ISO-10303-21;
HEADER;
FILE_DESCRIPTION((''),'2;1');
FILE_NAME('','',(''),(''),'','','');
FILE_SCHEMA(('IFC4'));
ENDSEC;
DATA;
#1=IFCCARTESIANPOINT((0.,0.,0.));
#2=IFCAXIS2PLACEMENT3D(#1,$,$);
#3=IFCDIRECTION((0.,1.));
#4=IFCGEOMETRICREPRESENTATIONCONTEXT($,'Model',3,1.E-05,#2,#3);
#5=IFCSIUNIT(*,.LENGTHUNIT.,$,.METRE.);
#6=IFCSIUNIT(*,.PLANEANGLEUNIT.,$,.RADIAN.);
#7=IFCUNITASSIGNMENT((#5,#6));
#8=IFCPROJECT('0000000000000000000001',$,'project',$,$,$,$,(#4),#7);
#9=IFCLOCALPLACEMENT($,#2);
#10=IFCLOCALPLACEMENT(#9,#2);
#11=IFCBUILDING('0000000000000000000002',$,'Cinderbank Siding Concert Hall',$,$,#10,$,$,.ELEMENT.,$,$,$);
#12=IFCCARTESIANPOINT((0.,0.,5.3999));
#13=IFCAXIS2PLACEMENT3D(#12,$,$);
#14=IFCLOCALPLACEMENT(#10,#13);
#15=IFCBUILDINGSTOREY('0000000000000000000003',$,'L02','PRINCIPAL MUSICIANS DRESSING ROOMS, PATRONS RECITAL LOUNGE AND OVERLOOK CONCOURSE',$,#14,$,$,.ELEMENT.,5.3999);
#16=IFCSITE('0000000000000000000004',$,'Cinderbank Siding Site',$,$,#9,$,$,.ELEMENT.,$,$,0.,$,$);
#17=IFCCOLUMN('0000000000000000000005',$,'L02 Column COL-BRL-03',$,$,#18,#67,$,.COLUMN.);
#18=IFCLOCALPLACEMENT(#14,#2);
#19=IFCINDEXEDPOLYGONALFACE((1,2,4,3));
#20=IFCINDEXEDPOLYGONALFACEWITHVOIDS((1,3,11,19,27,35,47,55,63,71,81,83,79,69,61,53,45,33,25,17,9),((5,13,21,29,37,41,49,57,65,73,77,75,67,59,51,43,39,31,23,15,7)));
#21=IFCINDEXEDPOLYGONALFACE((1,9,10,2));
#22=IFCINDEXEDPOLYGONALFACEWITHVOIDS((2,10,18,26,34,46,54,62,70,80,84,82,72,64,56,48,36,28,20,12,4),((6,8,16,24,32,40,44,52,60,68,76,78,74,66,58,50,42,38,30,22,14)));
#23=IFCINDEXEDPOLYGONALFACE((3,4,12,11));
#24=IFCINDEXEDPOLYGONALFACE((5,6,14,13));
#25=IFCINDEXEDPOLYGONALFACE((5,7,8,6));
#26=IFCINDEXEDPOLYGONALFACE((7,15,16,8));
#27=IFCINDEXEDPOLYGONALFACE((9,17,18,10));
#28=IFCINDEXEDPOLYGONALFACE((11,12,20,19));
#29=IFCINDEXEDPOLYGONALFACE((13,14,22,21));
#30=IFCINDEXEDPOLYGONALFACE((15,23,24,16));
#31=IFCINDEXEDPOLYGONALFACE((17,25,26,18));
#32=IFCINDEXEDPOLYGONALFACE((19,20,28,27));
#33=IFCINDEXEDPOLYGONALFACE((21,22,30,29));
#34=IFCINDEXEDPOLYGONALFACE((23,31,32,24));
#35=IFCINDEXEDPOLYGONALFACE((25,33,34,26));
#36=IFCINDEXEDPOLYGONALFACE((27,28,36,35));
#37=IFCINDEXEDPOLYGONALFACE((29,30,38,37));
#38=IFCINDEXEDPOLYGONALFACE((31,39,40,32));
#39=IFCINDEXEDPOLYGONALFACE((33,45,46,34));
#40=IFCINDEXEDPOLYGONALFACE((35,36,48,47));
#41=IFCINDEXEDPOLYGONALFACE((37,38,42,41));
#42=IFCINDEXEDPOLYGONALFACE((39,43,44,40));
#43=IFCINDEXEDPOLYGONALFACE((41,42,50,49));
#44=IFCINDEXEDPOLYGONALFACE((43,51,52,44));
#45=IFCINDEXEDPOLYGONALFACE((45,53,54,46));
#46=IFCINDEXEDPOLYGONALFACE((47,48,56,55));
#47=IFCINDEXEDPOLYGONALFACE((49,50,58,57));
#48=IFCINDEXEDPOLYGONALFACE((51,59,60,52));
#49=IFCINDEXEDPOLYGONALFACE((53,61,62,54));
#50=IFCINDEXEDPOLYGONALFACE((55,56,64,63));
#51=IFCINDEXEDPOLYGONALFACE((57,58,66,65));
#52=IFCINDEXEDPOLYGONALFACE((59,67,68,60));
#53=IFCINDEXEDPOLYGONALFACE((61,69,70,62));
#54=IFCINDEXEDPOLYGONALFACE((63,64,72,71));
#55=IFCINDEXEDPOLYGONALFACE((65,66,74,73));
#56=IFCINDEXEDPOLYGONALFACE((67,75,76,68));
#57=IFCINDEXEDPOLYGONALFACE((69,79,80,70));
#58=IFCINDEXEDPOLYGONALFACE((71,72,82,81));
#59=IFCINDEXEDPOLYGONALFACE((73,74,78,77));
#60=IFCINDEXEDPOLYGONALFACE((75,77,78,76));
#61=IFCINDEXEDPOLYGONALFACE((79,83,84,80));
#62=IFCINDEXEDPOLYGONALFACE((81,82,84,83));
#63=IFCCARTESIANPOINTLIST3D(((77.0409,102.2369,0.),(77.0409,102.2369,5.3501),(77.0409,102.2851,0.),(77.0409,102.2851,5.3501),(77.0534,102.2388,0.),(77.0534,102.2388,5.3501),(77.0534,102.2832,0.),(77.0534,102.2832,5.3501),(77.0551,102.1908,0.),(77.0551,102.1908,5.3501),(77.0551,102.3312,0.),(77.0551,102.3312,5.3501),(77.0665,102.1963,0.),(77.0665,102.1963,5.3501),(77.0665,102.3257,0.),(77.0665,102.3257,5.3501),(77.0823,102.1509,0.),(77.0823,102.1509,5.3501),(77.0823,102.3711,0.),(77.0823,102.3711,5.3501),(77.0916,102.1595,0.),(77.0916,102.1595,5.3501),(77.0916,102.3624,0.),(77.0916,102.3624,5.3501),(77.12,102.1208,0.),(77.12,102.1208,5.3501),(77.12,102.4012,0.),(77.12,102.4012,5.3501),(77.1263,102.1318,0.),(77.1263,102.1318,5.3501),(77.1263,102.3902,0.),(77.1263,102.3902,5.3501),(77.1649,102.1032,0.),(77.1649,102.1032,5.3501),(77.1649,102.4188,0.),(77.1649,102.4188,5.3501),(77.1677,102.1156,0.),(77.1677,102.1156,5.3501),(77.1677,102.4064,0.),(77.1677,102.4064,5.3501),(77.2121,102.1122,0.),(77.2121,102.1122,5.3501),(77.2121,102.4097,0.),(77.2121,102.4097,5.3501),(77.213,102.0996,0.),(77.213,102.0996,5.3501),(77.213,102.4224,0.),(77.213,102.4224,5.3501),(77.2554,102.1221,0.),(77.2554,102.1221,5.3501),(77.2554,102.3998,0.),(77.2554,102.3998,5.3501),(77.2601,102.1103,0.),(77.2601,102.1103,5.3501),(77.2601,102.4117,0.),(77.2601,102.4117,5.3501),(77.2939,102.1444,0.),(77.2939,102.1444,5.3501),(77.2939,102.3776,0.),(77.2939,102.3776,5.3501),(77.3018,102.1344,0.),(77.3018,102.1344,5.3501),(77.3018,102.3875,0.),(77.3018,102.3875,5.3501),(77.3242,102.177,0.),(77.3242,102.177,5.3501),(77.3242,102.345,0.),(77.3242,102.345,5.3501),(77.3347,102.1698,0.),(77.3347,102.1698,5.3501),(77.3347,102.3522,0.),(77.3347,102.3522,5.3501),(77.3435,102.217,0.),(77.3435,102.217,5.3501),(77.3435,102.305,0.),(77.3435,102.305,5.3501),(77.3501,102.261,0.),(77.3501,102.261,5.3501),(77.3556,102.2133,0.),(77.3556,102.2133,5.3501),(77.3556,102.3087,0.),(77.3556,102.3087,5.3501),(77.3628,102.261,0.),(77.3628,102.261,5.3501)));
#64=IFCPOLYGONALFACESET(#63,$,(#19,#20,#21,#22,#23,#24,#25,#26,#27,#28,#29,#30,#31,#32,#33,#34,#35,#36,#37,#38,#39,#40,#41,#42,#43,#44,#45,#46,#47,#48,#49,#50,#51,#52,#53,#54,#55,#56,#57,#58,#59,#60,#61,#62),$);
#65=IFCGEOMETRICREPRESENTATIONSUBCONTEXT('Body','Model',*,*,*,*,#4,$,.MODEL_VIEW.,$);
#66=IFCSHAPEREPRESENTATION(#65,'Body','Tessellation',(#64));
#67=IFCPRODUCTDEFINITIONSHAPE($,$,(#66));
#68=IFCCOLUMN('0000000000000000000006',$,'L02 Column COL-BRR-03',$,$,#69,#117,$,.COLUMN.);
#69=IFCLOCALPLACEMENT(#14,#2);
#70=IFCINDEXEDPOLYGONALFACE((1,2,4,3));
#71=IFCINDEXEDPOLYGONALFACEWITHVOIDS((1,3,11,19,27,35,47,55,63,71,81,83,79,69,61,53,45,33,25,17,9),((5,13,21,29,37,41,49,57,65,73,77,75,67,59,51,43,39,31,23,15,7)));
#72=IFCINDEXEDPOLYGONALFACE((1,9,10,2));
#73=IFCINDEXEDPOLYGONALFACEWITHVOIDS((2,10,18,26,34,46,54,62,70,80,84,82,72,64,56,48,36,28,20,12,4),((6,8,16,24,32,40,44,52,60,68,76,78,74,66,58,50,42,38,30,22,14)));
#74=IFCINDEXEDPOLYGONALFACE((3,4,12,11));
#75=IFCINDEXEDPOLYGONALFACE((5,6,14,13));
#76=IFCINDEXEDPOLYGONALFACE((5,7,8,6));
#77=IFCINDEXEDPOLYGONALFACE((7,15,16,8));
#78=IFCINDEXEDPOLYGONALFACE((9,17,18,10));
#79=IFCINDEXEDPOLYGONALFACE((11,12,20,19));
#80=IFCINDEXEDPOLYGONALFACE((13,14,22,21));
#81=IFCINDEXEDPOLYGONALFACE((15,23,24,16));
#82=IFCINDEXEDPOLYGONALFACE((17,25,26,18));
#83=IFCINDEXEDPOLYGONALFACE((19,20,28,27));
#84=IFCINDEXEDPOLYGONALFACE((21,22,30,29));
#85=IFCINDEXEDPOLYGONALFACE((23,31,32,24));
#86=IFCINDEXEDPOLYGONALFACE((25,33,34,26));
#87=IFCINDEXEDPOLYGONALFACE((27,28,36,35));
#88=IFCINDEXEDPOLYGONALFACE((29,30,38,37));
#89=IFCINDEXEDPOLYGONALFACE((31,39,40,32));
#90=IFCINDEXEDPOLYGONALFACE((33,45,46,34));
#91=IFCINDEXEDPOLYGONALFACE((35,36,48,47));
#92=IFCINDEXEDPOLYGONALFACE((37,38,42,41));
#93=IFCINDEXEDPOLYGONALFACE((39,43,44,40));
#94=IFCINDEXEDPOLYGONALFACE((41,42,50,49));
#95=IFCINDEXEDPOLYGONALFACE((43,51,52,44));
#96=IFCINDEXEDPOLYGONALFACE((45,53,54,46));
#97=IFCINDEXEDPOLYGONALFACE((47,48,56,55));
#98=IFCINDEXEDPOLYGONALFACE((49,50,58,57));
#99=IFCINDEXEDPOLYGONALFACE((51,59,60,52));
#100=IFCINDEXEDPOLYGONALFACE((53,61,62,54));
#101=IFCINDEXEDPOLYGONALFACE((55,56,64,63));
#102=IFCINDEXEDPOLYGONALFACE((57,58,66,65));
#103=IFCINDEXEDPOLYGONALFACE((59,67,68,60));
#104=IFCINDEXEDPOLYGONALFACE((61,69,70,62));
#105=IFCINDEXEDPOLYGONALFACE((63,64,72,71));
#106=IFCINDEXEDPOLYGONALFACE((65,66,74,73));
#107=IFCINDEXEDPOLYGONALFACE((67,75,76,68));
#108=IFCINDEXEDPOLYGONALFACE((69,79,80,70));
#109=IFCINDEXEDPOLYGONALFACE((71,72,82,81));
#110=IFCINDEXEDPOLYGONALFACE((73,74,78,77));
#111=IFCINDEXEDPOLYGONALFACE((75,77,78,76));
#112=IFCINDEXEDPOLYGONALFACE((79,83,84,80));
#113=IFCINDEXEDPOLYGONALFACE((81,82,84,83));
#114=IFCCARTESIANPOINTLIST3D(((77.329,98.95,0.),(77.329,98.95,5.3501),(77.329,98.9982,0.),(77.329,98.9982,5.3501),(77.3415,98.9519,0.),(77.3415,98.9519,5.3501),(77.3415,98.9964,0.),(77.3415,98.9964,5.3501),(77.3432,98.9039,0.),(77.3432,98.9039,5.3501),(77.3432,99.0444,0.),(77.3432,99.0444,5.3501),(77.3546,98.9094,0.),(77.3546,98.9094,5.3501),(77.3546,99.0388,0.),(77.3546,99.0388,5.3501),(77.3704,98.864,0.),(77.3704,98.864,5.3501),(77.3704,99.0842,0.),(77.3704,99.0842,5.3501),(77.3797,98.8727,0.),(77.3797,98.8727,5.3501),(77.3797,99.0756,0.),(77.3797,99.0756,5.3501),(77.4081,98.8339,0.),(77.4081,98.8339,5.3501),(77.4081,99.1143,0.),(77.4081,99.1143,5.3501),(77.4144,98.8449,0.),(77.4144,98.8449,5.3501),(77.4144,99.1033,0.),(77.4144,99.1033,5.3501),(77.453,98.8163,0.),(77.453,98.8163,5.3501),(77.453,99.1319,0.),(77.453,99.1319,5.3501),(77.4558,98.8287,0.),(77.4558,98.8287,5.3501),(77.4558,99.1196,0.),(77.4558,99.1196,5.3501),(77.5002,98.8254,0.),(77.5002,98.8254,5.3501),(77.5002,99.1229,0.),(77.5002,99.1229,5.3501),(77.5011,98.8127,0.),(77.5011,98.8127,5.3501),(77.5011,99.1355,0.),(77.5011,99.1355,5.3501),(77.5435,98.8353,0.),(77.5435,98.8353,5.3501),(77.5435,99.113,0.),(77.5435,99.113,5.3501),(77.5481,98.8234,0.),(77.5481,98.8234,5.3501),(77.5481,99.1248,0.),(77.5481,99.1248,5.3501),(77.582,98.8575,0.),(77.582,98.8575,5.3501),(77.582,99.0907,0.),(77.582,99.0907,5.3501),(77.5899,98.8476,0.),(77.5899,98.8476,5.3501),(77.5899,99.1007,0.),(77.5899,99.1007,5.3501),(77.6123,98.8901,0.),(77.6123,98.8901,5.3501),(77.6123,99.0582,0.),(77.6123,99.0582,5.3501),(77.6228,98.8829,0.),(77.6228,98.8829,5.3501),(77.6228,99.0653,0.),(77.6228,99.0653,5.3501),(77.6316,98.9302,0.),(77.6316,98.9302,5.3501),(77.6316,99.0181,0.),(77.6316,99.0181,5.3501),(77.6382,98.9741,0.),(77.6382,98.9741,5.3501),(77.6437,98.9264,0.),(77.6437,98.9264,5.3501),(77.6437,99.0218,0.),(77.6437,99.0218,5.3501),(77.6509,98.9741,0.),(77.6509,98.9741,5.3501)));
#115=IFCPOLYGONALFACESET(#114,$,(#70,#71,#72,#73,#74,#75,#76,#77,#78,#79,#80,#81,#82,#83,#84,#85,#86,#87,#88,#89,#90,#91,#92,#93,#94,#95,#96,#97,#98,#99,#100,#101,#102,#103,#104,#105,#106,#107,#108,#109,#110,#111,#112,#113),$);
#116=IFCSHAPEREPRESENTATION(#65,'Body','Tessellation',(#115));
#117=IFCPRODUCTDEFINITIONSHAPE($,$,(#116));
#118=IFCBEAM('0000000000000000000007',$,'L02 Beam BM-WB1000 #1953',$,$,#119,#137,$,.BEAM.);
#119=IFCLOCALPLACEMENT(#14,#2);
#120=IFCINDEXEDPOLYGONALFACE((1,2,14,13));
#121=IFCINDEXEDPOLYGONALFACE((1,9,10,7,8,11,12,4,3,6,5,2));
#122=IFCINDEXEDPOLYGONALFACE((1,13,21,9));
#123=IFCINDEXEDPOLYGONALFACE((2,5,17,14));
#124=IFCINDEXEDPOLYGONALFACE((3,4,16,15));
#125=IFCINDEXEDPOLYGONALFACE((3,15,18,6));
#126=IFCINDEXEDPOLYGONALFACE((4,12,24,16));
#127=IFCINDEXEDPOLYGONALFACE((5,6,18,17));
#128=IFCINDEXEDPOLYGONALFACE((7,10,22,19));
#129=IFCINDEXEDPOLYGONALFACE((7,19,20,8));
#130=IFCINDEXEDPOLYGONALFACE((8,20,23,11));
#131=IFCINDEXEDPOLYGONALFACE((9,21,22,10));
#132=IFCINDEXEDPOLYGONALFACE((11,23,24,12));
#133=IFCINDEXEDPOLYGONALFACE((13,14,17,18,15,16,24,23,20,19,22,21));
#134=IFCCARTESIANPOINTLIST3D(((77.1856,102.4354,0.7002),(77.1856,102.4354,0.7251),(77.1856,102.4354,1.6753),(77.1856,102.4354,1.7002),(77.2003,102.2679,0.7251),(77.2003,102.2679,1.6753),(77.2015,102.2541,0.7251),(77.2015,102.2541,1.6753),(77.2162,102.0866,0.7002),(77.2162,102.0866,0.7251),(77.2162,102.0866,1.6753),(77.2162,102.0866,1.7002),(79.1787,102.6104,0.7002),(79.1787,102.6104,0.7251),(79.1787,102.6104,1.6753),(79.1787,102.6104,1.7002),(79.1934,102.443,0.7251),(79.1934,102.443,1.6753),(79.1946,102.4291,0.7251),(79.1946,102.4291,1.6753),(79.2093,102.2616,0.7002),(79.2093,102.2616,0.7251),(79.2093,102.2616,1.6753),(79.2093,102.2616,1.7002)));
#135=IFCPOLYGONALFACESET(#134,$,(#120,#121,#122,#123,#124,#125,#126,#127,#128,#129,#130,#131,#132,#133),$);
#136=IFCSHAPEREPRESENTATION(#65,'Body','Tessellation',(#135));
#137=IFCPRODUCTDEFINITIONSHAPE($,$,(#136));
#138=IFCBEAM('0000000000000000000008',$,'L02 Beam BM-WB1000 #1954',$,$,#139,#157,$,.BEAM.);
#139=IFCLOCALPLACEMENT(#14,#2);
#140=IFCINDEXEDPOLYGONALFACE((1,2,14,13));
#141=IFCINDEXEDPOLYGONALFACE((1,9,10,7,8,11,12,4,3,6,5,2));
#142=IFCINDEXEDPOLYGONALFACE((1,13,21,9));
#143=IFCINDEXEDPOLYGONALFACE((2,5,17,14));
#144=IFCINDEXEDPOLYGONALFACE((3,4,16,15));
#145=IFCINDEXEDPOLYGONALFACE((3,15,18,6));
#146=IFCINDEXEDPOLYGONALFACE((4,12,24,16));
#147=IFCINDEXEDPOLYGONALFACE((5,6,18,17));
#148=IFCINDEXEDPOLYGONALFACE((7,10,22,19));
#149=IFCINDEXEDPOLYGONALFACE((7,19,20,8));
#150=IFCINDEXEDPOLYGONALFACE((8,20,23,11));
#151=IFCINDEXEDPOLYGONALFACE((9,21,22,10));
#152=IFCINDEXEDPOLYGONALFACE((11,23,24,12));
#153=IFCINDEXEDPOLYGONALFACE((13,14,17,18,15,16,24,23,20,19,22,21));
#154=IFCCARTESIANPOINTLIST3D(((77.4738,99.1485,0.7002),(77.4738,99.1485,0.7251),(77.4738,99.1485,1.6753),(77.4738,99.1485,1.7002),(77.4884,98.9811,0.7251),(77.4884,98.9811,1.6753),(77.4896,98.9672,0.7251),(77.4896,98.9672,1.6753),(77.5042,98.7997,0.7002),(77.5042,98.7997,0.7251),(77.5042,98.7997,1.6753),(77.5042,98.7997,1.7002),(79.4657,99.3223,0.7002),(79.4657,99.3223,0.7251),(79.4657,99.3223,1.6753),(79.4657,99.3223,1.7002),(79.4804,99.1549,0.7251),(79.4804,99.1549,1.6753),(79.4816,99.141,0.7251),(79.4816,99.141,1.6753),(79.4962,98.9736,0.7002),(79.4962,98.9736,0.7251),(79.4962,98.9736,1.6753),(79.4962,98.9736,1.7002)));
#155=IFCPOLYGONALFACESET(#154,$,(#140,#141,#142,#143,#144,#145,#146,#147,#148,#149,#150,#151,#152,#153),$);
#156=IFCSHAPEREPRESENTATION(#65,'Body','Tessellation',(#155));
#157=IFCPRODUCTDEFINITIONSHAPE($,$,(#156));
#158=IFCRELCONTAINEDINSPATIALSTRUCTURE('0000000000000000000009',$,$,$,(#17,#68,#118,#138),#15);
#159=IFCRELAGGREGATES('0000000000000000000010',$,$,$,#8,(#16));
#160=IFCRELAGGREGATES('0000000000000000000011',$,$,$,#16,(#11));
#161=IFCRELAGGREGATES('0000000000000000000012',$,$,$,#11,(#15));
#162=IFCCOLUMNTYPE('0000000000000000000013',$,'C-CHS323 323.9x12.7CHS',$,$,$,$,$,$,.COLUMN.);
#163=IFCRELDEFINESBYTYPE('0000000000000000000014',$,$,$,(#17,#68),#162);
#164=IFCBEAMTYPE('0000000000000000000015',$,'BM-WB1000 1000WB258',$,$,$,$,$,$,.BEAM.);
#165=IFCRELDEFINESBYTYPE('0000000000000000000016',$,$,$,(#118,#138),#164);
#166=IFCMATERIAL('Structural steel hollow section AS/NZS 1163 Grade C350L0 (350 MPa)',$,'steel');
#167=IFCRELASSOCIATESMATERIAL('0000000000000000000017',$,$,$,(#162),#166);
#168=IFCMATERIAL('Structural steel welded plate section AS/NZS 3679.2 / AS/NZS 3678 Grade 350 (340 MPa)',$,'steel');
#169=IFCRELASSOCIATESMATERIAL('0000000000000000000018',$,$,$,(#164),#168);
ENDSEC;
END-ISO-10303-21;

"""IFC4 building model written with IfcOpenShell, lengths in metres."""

from ifc_helpers import new_model, si_unit, direction, frame, origin, origin_2d, place, context, subcontext, project, spatial, hollow_circle, i_section, extrude, material, material_profile, profile_set, type_object, element, save


model = new_model("IFC4")

# Units and contexts
model_context = context("Model", 3, precision=1e-05, world=origin(), true_north=direction((0.0, 1.0)))
body_context = subcontext(model_context, "Body", "Model", "MODEL_VIEW")
ifc_project = project(units=[si_unit("LENGTHUNIT", "METRE"), si_unit("PLANEANGLEUNIT", "RADIAN")], contexts=[model_context])

# Site, building, storey
site_placement = place(None, origin())
site = spatial("IfcSite", under=ifc_project, at=site_placement, Name="Cinderbank Siding Site", CompositionType="ELEMENT", RefElevation=0.0)
building_placement = place(site_placement, origin())
building = spatial("IfcBuilding", under=site, at=building_placement, Name="Cinderbank Siding Concert Hall", CompositionType="ELEMENT")
storey_placement = place(building_placement, frame((0.0, 0.0, 5.3999)))
storey = spatial("IfcBuildingStorey", under=building, at=storey_placement, Name="L02", Description="PRINCIPAL MUSICIANS DRESSING ROOMS, PATRONS RECITAL LOUNGE AND OVERLOOK CONCOURSE", CompositionType="ELEMENT", Elevation=5.3999)

# Columns
ifc_material_1 = material(Name="Structural steel hollow section AS/NZS 1163 Grade C350L0 (350 MPa)", Category="steel")
ifc_material_profile_1 = material_profile(ifc_material_1, hollow_circle(Radius=0.1619, WallThickness=0.0127, at=origin_2d()), Name="323.9x12.7CHS", Category="LoadBearing")
ifc_profile_set_1 = profile_set([ifc_material_profile_1], Name="Structural steel hollow section AS/NZS 1163 Grade C350L0 (350 MPa)")
column_type = type_object("IfcColumnType", Name="C-CHS323 323.9x12.7CHS", PredefinedType="COLUMN", material=ifc_profile_set_1)
for number, where, z_axis, x_axis, name in (
    (1, (77.2009, 102.261, 0.0), (0.0, 0.0, 1.0), (1.0, 0.0, 0.0), "L02 Column COL-BRL-03"),
    (2, (77.489, 98.9741, 0.0), (0.0, 0.0, 1.0), (1.0, 0.0, 0.0), "L02 Column COL-BRR-03"),
):
    element("IfcColumn", number, at=place(storey_placement, frame(where, z_axis=z_axis, x_axis=x_axis)), inside=storey, type_object=column_type, Name=name, PredefinedType="COLUMN", context=body_context, shape_type="SweptSolid", body=[
        extrude(hollow_circle(Radius=0.1619, WallThickness=0.0127, at=origin_2d()), origin(), (0.0, 0.0, 1.0), 5.3501),
    ])

# Beams
ifc_material_2 = material(Name="Structural steel welded plate section AS/NZS 3679.2 / AS/NZS 3678 Grade 350 (340 MPa)", Category="steel")
ifc_material_profile_2 = material_profile(ifc_material_2, i_section(OverallWidth=0.3501, OverallDepth=1.0, WebThickness=0.0139, FlangeThickness=0.0249, at=origin_2d()), Name="1000WB258", Category="LoadBearing")
ifc_profile_set_2 = profile_set([ifc_material_profile_2], Name="Structural steel welded plate section AS/NZS 3679.2 / AS/NZS 3678 Grade 350 (340 MPa)")
beam_type_1 = type_object("IfcBeamType", Name="BM-WB1000 1000WB258", PredefinedType="BEAM", material=ifc_profile_set_2)
beam_1_placement = place(storey_placement, frame((77.2009, 102.261, 1.2002), z_axis=(0.996166, 0.087488, 0.0), x_axis=(-0.087488, 0.996166, 0.0)))
element("IfcBeam", 3, at=beam_1_placement, inside=storey, type_object=beam_type_1, Name="L02 Beam BM-WB1000 #1953", PredefinedType="BEAM", context=body_context, shape_type="SweptSolid", body=[
    extrude(i_section(OverallWidth=0.3501, OverallDepth=1.0, WebThickness=0.0139, FlangeThickness=0.0249, at=origin_2d()), origin(), (0.0, 0.0, 1.0), 2.0007),
])
beam_2_placement = place(storey_placement, frame((77.489, 98.9741, 1.2002), z_axis=(0.996214, 0.086935, 0.0), x_axis=(-0.086935, 0.996214, 0.0)))
element("IfcBeam", 4, at=beam_2_placement, inside=storey, type_object=beam_type_1, Name="L02 Beam BM-WB1000 #1954", PredefinedType="BEAM", context=body_context, shape_type="SweptSolid", body=[
    extrude(i_section(OverallWidth=0.3501, OverallDepth=1.0, WebThickness=0.0139, FlangeThickness=0.0249, at=origin_2d()), origin(), (0.0, 0.0, 1.0), 1.9995),
])

save(model, "model.ifc")
